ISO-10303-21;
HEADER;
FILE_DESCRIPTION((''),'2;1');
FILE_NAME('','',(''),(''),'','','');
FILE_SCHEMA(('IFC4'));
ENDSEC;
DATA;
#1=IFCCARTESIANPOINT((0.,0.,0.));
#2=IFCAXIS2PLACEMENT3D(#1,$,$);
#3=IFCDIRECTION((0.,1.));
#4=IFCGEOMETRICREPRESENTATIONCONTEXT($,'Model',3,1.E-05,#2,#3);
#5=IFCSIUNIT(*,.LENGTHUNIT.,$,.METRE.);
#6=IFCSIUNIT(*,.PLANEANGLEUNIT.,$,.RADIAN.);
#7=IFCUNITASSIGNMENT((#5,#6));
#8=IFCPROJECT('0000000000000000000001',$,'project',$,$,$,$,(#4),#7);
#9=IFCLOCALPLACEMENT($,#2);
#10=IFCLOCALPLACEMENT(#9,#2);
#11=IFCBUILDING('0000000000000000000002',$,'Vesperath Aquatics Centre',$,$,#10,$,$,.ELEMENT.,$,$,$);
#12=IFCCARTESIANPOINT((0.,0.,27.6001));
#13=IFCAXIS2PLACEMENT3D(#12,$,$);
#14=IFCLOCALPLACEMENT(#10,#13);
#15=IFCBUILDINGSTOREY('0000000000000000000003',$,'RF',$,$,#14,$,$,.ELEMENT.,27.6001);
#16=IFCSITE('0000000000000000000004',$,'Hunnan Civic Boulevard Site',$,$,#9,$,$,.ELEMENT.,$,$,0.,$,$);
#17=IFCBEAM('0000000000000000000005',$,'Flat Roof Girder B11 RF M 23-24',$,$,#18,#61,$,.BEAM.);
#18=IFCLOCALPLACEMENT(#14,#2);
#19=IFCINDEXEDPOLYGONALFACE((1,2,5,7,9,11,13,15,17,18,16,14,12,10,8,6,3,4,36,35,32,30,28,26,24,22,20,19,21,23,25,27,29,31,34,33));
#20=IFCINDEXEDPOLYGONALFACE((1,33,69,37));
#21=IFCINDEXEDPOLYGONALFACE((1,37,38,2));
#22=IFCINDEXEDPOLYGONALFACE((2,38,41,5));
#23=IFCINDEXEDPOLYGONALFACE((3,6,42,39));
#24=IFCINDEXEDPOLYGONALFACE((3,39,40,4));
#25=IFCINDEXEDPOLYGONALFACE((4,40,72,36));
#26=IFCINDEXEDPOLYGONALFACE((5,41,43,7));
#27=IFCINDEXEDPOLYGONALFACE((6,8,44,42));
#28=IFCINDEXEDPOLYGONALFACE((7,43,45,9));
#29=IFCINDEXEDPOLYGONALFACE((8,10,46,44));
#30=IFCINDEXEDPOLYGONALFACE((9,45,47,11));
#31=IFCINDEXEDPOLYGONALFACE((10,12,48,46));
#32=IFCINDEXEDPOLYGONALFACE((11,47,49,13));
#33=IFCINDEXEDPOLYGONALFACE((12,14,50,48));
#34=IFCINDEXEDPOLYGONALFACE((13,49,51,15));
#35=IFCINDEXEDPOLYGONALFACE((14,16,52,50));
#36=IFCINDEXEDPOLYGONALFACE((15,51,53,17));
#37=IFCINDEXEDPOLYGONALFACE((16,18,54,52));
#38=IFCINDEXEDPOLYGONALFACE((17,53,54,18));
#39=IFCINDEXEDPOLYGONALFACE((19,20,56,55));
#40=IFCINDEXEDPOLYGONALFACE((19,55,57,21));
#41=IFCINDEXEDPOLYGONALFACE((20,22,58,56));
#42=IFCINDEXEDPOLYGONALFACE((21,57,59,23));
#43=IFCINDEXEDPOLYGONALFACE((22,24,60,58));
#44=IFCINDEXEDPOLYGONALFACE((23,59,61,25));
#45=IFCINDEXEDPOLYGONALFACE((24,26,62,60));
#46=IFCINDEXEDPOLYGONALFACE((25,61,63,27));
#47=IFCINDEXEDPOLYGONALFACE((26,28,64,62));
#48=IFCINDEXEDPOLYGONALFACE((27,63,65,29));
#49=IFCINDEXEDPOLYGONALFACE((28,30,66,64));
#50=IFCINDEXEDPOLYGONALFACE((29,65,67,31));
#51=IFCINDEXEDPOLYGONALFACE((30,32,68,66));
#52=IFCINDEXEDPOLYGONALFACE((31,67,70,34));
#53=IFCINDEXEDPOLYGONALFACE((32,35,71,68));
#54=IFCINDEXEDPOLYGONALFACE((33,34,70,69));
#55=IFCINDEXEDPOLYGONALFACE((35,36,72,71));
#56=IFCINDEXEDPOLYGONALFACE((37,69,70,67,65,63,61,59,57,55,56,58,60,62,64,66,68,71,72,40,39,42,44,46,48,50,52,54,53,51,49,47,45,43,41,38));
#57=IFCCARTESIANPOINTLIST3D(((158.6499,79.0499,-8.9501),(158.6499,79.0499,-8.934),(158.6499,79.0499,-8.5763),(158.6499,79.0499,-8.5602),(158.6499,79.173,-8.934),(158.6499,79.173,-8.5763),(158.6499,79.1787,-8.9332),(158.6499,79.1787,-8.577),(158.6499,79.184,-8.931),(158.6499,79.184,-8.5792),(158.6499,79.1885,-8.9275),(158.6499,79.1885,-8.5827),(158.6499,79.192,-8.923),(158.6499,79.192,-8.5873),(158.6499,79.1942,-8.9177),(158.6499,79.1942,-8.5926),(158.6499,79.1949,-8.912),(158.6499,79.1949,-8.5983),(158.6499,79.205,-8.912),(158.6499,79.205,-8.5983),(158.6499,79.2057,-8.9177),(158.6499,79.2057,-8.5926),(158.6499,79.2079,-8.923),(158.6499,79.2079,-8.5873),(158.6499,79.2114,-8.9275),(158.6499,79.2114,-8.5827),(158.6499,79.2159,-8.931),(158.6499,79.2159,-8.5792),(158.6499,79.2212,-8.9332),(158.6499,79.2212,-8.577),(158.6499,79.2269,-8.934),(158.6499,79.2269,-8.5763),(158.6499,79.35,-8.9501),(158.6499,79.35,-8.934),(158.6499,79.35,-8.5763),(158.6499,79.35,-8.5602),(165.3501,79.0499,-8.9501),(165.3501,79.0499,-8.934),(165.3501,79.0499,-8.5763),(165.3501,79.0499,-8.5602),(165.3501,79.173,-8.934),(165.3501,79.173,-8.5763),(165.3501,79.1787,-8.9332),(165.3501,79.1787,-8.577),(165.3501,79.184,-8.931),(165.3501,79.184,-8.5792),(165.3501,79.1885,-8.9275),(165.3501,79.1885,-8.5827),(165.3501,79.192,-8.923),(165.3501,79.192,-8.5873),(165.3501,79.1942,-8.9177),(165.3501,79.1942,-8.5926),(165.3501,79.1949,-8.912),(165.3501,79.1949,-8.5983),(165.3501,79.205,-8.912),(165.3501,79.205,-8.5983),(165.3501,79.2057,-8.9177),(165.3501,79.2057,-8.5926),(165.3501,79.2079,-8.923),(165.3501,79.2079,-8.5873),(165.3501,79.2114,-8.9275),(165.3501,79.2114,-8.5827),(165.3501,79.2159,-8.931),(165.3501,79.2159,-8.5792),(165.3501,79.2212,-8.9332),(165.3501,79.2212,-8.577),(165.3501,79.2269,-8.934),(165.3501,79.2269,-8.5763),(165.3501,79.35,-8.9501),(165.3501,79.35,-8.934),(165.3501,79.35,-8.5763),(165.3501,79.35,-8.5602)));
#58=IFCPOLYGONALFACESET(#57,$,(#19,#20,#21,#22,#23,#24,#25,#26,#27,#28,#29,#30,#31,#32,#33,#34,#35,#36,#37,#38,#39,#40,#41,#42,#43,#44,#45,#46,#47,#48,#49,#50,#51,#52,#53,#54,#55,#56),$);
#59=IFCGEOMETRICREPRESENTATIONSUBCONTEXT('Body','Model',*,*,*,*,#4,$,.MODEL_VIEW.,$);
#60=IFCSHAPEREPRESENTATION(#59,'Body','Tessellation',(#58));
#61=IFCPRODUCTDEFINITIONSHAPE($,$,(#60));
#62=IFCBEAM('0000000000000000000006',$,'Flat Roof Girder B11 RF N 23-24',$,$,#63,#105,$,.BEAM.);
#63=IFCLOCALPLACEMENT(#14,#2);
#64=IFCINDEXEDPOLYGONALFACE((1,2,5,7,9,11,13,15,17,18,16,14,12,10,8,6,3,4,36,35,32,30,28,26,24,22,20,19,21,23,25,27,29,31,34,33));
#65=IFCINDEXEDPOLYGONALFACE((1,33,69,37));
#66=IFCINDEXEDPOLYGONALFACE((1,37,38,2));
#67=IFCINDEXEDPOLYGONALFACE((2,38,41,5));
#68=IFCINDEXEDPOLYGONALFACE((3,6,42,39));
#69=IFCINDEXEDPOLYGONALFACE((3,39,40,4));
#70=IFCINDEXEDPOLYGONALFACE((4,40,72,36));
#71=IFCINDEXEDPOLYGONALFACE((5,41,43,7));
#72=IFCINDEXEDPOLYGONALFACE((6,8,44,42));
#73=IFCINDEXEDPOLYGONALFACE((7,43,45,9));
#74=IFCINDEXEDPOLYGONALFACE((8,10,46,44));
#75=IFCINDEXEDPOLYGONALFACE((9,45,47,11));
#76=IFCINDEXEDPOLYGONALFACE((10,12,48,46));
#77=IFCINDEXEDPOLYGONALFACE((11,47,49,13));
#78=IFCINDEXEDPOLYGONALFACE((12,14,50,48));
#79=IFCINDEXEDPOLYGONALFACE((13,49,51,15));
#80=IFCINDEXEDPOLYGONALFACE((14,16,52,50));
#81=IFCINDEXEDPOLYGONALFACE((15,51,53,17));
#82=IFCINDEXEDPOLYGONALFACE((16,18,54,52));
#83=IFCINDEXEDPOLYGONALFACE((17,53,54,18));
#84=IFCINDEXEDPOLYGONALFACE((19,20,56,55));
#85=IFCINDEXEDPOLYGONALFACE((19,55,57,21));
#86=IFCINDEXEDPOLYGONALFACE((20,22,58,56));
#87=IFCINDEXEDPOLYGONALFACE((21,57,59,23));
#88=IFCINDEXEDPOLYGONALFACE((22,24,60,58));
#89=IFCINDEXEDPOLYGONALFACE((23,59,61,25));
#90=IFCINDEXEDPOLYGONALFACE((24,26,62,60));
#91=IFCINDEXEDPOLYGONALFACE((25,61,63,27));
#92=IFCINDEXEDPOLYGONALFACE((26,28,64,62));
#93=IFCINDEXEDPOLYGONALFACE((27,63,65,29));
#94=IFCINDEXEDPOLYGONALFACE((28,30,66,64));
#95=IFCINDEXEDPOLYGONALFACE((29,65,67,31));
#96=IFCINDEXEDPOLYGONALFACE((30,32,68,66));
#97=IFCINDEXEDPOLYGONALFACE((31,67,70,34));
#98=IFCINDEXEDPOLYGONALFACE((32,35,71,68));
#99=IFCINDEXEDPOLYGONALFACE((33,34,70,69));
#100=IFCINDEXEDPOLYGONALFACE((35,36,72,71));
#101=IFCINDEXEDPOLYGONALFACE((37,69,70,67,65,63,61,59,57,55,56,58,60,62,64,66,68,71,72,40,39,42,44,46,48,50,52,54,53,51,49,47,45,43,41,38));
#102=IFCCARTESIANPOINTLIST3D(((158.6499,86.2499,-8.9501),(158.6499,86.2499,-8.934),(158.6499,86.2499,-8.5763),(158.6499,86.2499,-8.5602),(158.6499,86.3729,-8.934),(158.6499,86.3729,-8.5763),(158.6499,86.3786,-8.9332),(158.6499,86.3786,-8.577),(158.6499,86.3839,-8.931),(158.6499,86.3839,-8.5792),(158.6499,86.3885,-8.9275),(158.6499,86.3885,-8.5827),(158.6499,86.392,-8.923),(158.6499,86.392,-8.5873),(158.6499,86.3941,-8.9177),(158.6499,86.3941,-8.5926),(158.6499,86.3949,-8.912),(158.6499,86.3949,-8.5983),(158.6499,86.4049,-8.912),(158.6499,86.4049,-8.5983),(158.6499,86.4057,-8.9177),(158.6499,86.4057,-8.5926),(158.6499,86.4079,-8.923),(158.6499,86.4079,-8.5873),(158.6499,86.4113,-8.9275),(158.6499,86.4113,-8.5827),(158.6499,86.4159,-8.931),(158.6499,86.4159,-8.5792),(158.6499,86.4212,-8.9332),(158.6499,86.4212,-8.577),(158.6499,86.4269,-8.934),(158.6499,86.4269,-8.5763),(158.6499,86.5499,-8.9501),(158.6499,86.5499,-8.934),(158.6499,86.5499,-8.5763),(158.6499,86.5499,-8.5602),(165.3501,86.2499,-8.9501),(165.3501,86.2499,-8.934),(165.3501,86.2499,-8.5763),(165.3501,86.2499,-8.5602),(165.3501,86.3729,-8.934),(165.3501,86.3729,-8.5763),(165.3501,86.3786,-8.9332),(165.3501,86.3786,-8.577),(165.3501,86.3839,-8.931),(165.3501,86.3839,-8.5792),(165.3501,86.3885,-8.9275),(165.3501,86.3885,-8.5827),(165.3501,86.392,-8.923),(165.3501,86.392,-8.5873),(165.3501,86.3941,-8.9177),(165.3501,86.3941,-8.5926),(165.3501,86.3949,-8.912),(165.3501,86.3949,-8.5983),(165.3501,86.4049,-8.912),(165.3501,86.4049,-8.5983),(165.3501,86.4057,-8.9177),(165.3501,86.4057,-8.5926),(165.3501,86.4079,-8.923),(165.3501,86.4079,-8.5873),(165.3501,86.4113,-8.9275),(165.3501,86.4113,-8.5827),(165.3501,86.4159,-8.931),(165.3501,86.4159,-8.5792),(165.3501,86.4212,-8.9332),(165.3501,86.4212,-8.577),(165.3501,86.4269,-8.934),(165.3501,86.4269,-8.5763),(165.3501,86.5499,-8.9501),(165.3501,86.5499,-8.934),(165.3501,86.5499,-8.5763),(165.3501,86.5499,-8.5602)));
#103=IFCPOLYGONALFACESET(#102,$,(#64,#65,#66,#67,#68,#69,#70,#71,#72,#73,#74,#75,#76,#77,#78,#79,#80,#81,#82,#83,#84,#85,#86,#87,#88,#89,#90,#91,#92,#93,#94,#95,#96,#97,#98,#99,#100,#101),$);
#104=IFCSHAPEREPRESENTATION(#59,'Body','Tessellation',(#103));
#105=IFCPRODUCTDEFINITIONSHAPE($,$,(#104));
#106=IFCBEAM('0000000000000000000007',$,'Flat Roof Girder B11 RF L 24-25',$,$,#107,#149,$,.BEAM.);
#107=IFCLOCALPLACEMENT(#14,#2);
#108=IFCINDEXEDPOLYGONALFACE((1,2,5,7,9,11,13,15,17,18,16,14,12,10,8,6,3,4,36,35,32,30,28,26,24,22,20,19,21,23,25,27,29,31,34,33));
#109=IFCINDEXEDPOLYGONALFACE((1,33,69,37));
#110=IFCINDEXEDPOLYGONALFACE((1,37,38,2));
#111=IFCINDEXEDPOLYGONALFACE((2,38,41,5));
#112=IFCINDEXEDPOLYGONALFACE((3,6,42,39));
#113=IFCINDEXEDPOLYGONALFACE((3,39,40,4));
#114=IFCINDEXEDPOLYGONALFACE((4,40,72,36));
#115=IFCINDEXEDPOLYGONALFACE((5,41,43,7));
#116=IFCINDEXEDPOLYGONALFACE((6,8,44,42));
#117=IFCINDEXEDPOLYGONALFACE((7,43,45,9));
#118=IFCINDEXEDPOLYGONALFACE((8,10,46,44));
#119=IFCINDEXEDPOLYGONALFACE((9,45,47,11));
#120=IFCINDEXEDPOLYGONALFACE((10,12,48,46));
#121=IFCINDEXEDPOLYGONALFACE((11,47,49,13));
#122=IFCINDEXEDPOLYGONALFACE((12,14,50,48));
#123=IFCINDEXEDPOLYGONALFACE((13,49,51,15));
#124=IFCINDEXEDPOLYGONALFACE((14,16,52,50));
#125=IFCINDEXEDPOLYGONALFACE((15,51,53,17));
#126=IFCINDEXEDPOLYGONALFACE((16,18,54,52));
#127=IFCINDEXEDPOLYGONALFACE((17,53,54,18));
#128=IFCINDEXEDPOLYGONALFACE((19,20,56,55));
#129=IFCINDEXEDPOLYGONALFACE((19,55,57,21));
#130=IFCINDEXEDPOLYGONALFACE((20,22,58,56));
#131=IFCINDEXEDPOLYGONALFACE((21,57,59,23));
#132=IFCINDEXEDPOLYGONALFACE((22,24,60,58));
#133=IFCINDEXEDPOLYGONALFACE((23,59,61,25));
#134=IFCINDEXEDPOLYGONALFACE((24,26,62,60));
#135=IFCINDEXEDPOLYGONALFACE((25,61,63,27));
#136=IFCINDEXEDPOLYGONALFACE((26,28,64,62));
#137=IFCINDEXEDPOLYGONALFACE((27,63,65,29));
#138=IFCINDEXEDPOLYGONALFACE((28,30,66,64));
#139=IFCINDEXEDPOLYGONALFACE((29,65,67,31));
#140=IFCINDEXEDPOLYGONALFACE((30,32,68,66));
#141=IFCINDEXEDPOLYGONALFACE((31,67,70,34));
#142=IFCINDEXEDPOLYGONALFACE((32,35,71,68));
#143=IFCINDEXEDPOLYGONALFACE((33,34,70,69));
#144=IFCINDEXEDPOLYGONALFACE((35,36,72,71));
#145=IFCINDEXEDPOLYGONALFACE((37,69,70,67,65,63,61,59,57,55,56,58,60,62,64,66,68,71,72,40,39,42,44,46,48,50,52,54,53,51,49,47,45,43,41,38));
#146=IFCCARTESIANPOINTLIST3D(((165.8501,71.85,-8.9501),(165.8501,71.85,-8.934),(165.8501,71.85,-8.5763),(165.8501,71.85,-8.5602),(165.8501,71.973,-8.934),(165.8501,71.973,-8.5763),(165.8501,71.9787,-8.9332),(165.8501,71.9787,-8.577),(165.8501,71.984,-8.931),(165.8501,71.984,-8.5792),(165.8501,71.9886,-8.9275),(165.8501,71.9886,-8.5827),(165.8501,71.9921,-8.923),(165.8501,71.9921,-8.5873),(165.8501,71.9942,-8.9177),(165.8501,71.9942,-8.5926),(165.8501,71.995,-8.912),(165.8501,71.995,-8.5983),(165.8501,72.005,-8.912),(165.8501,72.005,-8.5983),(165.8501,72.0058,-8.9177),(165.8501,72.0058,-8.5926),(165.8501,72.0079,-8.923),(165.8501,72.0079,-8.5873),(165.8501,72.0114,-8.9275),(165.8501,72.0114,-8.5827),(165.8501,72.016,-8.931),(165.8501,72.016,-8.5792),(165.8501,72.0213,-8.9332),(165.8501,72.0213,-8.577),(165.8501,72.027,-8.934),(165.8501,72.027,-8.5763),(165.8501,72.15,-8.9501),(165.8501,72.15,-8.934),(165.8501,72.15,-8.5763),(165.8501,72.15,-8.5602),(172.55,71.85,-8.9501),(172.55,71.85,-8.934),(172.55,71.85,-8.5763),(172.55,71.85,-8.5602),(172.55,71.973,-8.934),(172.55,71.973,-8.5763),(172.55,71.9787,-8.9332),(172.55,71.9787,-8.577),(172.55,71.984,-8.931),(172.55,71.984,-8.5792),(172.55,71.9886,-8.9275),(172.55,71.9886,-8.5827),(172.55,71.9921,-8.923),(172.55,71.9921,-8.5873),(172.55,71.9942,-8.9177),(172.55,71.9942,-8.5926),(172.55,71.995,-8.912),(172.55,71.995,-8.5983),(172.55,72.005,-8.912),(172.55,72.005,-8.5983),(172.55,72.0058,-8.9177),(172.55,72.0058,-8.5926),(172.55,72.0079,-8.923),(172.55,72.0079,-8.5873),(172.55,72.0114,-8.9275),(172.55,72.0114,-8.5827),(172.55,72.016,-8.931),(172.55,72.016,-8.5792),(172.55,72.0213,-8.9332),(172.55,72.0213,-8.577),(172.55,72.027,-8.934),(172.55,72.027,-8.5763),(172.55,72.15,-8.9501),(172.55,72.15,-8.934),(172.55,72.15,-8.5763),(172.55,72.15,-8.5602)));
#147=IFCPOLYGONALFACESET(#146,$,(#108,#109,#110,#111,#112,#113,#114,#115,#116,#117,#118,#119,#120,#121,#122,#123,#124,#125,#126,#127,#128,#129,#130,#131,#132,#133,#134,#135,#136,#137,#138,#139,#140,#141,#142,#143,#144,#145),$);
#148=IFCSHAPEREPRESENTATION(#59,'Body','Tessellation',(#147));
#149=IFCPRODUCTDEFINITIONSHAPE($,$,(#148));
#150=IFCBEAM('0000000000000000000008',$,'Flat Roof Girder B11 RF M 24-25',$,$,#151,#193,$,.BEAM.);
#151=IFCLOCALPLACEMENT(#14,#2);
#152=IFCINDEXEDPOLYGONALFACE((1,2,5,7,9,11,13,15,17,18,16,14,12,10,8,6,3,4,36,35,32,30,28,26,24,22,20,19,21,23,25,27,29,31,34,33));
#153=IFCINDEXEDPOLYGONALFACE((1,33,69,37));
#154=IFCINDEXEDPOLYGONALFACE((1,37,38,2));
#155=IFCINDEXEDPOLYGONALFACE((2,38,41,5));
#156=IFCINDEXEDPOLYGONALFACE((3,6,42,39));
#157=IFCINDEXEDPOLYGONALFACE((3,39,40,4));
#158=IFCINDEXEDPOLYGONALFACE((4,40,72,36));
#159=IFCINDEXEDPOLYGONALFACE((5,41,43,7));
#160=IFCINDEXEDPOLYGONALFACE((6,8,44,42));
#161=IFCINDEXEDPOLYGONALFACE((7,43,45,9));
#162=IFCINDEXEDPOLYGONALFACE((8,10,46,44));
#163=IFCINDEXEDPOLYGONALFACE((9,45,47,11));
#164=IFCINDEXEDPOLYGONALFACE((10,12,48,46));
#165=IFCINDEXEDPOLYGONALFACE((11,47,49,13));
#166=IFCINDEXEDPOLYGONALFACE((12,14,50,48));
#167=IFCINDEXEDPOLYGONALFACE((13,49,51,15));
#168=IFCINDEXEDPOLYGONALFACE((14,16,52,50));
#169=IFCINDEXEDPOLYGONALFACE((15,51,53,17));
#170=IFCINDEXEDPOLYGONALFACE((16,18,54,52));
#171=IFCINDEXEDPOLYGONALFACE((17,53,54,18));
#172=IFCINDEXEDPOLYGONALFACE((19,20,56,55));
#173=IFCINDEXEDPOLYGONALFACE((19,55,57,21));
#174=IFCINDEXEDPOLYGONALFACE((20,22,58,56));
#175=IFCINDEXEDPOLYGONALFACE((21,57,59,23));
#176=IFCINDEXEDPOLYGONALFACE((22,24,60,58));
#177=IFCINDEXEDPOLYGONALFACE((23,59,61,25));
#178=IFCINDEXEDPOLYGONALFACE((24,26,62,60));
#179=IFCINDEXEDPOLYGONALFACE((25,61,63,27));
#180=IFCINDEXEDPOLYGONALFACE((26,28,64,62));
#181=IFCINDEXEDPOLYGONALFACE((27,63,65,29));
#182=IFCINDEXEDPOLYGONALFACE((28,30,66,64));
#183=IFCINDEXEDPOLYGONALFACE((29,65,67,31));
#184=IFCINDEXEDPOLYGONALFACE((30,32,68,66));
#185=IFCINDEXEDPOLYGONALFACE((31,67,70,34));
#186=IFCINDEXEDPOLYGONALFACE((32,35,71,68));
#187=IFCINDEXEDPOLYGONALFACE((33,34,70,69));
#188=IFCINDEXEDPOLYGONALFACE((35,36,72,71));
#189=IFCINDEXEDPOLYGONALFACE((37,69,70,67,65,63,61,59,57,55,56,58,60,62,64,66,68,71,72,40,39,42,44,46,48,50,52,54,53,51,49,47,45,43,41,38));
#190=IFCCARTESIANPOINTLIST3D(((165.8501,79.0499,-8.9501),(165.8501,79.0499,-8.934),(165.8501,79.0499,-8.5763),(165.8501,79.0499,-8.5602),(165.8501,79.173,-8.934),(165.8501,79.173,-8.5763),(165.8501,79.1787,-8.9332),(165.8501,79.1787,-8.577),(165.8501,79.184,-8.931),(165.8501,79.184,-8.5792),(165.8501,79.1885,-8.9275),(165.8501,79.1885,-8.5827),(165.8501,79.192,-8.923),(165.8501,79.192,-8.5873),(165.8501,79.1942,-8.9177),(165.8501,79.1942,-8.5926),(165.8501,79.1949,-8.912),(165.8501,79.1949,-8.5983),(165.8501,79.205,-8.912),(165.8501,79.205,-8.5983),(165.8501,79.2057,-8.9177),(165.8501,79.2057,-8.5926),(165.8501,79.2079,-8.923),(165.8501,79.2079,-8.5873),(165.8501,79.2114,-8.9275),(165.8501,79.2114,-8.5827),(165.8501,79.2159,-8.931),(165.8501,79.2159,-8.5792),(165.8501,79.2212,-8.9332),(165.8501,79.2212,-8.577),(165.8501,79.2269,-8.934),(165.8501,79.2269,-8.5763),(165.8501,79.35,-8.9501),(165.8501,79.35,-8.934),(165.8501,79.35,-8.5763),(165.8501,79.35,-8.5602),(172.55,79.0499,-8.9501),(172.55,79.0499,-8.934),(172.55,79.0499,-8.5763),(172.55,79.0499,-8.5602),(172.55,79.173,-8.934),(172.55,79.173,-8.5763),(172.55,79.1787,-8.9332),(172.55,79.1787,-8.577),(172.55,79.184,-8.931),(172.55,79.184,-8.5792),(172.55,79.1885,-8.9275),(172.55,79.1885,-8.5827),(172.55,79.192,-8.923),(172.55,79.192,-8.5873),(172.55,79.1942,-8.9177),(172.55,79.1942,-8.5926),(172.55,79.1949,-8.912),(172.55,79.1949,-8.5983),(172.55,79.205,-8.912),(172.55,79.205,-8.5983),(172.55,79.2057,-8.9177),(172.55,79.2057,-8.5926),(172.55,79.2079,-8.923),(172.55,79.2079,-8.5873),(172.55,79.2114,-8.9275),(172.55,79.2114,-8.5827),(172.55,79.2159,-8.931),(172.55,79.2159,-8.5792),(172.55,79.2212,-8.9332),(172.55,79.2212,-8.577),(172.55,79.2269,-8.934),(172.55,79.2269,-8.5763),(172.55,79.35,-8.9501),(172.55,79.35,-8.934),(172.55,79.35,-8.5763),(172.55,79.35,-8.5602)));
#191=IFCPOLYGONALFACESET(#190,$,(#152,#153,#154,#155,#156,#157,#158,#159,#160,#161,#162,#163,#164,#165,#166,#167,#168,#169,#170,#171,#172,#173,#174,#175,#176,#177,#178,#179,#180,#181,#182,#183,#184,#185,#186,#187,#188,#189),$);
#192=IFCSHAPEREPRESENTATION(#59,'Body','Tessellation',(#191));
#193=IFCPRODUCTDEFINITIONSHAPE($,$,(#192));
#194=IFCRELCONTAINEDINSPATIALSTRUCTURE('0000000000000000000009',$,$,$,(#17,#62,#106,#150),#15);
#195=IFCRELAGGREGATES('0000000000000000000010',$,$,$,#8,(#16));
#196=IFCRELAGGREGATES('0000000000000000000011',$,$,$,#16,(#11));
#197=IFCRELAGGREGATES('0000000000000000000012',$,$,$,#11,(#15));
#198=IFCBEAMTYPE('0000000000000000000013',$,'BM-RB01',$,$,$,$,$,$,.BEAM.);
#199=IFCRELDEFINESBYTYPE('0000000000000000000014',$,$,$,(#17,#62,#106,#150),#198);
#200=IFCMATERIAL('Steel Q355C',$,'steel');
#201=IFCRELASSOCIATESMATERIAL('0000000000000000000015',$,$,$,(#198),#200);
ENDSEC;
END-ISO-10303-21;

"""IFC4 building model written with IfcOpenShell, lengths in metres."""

from ifc_helpers import new_model, si_unit, direction, frame, origin, origin_2d, place, context, subcontext, project, spatial, i_section, extrude, material, material_profile, profile_set, type_object, element, save


model = new_model("IFC4")

# Units and contexts
model_context = context("Model", 3, precision=1e-05, world=origin(), true_north=direction((0.0, 1.0)))
body_context = subcontext(model_context, "Body", "Model", "MODEL_VIEW")
ifc_project = project(units=[si_unit("LENGTHUNIT", "METRE"), si_unit("PLANEANGLEUNIT", "RADIAN")], contexts=[model_context])

# Site, building, storey
site_placement = place(None, origin())
site = spatial("IfcSite", under=ifc_project, at=site_placement, Name="Hunnan Civic Boulevard Site", CompositionType="ELEMENT", RefElevation=0.0)
building_placement = place(site_placement, origin())
building = spatial("IfcBuilding", under=site, at=building_placement, Name="Vesperath Aquatics Centre", CompositionType="ELEMENT")
storey_placement = place(building_placement, frame((0.0, 0.0, 27.6001)))
storey = spatial("IfcBuildingStorey", under=building, at=storey_placement, Name="RF", CompositionType="ELEMENT", Elevation=27.6001)

# Beams
ifc_material_1 = material(Name="Steel Q355C", Category="steel")
ifc_material_profile_1 = material_profile(ifc_material_1, i_section(OverallWidth=0.3, OverallDepth=0.3899, WebThickness=0.01, FlangeThickness=0.0161, FilletRadius=0.022, at=origin_2d()), Name="HM 390x300x10x16")
ifc_profile_set_1 = profile_set([ifc_material_profile_1], Name="Steel Q355C")
beam_type = type_object("IfcBeamType", Name="BM-RB01", PredefinedType="BEAM", material=ifc_profile_set_1)
for number, where, z_axis, x_axis, name in (
    (1, (158.6499, 79.2, -8.7551), (1.0, 0.0, 0.0), (0.0, 1.0, 0.0), "Flat Roof Girder B11 RF M 23-24"),
    (2, (158.6499, 86.3999, -8.7551), (1.0, 0.0, 0.0), (0.0, 1.0, 0.0), "Flat Roof Girder B11 RF N 23-24"),
):
    element("IfcBeam", number, at=place(storey_placement, frame(where, z_axis=z_axis, x_axis=x_axis)), inside=storey, type_object=beam_type, Name=name, PredefinedType="BEAM", context=body_context, shape_type="SweptSolid", body=[
        extrude(i_section(OverallWidth=0.3, OverallDepth=0.3899, WebThickness=0.01, FlangeThickness=0.0161, FilletRadius=0.022, at=origin_2d()), origin(), (0.0, 0.0, 1.0), 6.7002),
    ])
for number, where, z_axis, x_axis, name in (
    (3, (165.8501, 72.0, -8.7551), (1.0, 0.0, 0.0), (0.0, 1.0, 0.0), "Flat Roof Girder B11 RF L 24-25"),
    (4, (165.8501, 79.2, -8.7551), (1.0, 0.0, 0.0), (0.0, 1.0, 0.0), "Flat Roof Girder B11 RF M 24-25"),
):
    element("IfcBeam", number, at=place(storey_placement, frame(where, z_axis=z_axis, x_axis=x_axis)), inside=storey, type_object=beam_type, Name=name, PredefinedType="BEAM", context=body_context, shape_type="SweptSolid", body=[
        extrude(i_section(OverallWidth=0.3, OverallDepth=0.3899, WebThickness=0.01, FlangeThickness=0.0161, FilletRadius=0.022, at=origin_2d()), origin(), (0.0, 0.0, 1.0), 6.7),
    ])

save(model, "model.ifc")
